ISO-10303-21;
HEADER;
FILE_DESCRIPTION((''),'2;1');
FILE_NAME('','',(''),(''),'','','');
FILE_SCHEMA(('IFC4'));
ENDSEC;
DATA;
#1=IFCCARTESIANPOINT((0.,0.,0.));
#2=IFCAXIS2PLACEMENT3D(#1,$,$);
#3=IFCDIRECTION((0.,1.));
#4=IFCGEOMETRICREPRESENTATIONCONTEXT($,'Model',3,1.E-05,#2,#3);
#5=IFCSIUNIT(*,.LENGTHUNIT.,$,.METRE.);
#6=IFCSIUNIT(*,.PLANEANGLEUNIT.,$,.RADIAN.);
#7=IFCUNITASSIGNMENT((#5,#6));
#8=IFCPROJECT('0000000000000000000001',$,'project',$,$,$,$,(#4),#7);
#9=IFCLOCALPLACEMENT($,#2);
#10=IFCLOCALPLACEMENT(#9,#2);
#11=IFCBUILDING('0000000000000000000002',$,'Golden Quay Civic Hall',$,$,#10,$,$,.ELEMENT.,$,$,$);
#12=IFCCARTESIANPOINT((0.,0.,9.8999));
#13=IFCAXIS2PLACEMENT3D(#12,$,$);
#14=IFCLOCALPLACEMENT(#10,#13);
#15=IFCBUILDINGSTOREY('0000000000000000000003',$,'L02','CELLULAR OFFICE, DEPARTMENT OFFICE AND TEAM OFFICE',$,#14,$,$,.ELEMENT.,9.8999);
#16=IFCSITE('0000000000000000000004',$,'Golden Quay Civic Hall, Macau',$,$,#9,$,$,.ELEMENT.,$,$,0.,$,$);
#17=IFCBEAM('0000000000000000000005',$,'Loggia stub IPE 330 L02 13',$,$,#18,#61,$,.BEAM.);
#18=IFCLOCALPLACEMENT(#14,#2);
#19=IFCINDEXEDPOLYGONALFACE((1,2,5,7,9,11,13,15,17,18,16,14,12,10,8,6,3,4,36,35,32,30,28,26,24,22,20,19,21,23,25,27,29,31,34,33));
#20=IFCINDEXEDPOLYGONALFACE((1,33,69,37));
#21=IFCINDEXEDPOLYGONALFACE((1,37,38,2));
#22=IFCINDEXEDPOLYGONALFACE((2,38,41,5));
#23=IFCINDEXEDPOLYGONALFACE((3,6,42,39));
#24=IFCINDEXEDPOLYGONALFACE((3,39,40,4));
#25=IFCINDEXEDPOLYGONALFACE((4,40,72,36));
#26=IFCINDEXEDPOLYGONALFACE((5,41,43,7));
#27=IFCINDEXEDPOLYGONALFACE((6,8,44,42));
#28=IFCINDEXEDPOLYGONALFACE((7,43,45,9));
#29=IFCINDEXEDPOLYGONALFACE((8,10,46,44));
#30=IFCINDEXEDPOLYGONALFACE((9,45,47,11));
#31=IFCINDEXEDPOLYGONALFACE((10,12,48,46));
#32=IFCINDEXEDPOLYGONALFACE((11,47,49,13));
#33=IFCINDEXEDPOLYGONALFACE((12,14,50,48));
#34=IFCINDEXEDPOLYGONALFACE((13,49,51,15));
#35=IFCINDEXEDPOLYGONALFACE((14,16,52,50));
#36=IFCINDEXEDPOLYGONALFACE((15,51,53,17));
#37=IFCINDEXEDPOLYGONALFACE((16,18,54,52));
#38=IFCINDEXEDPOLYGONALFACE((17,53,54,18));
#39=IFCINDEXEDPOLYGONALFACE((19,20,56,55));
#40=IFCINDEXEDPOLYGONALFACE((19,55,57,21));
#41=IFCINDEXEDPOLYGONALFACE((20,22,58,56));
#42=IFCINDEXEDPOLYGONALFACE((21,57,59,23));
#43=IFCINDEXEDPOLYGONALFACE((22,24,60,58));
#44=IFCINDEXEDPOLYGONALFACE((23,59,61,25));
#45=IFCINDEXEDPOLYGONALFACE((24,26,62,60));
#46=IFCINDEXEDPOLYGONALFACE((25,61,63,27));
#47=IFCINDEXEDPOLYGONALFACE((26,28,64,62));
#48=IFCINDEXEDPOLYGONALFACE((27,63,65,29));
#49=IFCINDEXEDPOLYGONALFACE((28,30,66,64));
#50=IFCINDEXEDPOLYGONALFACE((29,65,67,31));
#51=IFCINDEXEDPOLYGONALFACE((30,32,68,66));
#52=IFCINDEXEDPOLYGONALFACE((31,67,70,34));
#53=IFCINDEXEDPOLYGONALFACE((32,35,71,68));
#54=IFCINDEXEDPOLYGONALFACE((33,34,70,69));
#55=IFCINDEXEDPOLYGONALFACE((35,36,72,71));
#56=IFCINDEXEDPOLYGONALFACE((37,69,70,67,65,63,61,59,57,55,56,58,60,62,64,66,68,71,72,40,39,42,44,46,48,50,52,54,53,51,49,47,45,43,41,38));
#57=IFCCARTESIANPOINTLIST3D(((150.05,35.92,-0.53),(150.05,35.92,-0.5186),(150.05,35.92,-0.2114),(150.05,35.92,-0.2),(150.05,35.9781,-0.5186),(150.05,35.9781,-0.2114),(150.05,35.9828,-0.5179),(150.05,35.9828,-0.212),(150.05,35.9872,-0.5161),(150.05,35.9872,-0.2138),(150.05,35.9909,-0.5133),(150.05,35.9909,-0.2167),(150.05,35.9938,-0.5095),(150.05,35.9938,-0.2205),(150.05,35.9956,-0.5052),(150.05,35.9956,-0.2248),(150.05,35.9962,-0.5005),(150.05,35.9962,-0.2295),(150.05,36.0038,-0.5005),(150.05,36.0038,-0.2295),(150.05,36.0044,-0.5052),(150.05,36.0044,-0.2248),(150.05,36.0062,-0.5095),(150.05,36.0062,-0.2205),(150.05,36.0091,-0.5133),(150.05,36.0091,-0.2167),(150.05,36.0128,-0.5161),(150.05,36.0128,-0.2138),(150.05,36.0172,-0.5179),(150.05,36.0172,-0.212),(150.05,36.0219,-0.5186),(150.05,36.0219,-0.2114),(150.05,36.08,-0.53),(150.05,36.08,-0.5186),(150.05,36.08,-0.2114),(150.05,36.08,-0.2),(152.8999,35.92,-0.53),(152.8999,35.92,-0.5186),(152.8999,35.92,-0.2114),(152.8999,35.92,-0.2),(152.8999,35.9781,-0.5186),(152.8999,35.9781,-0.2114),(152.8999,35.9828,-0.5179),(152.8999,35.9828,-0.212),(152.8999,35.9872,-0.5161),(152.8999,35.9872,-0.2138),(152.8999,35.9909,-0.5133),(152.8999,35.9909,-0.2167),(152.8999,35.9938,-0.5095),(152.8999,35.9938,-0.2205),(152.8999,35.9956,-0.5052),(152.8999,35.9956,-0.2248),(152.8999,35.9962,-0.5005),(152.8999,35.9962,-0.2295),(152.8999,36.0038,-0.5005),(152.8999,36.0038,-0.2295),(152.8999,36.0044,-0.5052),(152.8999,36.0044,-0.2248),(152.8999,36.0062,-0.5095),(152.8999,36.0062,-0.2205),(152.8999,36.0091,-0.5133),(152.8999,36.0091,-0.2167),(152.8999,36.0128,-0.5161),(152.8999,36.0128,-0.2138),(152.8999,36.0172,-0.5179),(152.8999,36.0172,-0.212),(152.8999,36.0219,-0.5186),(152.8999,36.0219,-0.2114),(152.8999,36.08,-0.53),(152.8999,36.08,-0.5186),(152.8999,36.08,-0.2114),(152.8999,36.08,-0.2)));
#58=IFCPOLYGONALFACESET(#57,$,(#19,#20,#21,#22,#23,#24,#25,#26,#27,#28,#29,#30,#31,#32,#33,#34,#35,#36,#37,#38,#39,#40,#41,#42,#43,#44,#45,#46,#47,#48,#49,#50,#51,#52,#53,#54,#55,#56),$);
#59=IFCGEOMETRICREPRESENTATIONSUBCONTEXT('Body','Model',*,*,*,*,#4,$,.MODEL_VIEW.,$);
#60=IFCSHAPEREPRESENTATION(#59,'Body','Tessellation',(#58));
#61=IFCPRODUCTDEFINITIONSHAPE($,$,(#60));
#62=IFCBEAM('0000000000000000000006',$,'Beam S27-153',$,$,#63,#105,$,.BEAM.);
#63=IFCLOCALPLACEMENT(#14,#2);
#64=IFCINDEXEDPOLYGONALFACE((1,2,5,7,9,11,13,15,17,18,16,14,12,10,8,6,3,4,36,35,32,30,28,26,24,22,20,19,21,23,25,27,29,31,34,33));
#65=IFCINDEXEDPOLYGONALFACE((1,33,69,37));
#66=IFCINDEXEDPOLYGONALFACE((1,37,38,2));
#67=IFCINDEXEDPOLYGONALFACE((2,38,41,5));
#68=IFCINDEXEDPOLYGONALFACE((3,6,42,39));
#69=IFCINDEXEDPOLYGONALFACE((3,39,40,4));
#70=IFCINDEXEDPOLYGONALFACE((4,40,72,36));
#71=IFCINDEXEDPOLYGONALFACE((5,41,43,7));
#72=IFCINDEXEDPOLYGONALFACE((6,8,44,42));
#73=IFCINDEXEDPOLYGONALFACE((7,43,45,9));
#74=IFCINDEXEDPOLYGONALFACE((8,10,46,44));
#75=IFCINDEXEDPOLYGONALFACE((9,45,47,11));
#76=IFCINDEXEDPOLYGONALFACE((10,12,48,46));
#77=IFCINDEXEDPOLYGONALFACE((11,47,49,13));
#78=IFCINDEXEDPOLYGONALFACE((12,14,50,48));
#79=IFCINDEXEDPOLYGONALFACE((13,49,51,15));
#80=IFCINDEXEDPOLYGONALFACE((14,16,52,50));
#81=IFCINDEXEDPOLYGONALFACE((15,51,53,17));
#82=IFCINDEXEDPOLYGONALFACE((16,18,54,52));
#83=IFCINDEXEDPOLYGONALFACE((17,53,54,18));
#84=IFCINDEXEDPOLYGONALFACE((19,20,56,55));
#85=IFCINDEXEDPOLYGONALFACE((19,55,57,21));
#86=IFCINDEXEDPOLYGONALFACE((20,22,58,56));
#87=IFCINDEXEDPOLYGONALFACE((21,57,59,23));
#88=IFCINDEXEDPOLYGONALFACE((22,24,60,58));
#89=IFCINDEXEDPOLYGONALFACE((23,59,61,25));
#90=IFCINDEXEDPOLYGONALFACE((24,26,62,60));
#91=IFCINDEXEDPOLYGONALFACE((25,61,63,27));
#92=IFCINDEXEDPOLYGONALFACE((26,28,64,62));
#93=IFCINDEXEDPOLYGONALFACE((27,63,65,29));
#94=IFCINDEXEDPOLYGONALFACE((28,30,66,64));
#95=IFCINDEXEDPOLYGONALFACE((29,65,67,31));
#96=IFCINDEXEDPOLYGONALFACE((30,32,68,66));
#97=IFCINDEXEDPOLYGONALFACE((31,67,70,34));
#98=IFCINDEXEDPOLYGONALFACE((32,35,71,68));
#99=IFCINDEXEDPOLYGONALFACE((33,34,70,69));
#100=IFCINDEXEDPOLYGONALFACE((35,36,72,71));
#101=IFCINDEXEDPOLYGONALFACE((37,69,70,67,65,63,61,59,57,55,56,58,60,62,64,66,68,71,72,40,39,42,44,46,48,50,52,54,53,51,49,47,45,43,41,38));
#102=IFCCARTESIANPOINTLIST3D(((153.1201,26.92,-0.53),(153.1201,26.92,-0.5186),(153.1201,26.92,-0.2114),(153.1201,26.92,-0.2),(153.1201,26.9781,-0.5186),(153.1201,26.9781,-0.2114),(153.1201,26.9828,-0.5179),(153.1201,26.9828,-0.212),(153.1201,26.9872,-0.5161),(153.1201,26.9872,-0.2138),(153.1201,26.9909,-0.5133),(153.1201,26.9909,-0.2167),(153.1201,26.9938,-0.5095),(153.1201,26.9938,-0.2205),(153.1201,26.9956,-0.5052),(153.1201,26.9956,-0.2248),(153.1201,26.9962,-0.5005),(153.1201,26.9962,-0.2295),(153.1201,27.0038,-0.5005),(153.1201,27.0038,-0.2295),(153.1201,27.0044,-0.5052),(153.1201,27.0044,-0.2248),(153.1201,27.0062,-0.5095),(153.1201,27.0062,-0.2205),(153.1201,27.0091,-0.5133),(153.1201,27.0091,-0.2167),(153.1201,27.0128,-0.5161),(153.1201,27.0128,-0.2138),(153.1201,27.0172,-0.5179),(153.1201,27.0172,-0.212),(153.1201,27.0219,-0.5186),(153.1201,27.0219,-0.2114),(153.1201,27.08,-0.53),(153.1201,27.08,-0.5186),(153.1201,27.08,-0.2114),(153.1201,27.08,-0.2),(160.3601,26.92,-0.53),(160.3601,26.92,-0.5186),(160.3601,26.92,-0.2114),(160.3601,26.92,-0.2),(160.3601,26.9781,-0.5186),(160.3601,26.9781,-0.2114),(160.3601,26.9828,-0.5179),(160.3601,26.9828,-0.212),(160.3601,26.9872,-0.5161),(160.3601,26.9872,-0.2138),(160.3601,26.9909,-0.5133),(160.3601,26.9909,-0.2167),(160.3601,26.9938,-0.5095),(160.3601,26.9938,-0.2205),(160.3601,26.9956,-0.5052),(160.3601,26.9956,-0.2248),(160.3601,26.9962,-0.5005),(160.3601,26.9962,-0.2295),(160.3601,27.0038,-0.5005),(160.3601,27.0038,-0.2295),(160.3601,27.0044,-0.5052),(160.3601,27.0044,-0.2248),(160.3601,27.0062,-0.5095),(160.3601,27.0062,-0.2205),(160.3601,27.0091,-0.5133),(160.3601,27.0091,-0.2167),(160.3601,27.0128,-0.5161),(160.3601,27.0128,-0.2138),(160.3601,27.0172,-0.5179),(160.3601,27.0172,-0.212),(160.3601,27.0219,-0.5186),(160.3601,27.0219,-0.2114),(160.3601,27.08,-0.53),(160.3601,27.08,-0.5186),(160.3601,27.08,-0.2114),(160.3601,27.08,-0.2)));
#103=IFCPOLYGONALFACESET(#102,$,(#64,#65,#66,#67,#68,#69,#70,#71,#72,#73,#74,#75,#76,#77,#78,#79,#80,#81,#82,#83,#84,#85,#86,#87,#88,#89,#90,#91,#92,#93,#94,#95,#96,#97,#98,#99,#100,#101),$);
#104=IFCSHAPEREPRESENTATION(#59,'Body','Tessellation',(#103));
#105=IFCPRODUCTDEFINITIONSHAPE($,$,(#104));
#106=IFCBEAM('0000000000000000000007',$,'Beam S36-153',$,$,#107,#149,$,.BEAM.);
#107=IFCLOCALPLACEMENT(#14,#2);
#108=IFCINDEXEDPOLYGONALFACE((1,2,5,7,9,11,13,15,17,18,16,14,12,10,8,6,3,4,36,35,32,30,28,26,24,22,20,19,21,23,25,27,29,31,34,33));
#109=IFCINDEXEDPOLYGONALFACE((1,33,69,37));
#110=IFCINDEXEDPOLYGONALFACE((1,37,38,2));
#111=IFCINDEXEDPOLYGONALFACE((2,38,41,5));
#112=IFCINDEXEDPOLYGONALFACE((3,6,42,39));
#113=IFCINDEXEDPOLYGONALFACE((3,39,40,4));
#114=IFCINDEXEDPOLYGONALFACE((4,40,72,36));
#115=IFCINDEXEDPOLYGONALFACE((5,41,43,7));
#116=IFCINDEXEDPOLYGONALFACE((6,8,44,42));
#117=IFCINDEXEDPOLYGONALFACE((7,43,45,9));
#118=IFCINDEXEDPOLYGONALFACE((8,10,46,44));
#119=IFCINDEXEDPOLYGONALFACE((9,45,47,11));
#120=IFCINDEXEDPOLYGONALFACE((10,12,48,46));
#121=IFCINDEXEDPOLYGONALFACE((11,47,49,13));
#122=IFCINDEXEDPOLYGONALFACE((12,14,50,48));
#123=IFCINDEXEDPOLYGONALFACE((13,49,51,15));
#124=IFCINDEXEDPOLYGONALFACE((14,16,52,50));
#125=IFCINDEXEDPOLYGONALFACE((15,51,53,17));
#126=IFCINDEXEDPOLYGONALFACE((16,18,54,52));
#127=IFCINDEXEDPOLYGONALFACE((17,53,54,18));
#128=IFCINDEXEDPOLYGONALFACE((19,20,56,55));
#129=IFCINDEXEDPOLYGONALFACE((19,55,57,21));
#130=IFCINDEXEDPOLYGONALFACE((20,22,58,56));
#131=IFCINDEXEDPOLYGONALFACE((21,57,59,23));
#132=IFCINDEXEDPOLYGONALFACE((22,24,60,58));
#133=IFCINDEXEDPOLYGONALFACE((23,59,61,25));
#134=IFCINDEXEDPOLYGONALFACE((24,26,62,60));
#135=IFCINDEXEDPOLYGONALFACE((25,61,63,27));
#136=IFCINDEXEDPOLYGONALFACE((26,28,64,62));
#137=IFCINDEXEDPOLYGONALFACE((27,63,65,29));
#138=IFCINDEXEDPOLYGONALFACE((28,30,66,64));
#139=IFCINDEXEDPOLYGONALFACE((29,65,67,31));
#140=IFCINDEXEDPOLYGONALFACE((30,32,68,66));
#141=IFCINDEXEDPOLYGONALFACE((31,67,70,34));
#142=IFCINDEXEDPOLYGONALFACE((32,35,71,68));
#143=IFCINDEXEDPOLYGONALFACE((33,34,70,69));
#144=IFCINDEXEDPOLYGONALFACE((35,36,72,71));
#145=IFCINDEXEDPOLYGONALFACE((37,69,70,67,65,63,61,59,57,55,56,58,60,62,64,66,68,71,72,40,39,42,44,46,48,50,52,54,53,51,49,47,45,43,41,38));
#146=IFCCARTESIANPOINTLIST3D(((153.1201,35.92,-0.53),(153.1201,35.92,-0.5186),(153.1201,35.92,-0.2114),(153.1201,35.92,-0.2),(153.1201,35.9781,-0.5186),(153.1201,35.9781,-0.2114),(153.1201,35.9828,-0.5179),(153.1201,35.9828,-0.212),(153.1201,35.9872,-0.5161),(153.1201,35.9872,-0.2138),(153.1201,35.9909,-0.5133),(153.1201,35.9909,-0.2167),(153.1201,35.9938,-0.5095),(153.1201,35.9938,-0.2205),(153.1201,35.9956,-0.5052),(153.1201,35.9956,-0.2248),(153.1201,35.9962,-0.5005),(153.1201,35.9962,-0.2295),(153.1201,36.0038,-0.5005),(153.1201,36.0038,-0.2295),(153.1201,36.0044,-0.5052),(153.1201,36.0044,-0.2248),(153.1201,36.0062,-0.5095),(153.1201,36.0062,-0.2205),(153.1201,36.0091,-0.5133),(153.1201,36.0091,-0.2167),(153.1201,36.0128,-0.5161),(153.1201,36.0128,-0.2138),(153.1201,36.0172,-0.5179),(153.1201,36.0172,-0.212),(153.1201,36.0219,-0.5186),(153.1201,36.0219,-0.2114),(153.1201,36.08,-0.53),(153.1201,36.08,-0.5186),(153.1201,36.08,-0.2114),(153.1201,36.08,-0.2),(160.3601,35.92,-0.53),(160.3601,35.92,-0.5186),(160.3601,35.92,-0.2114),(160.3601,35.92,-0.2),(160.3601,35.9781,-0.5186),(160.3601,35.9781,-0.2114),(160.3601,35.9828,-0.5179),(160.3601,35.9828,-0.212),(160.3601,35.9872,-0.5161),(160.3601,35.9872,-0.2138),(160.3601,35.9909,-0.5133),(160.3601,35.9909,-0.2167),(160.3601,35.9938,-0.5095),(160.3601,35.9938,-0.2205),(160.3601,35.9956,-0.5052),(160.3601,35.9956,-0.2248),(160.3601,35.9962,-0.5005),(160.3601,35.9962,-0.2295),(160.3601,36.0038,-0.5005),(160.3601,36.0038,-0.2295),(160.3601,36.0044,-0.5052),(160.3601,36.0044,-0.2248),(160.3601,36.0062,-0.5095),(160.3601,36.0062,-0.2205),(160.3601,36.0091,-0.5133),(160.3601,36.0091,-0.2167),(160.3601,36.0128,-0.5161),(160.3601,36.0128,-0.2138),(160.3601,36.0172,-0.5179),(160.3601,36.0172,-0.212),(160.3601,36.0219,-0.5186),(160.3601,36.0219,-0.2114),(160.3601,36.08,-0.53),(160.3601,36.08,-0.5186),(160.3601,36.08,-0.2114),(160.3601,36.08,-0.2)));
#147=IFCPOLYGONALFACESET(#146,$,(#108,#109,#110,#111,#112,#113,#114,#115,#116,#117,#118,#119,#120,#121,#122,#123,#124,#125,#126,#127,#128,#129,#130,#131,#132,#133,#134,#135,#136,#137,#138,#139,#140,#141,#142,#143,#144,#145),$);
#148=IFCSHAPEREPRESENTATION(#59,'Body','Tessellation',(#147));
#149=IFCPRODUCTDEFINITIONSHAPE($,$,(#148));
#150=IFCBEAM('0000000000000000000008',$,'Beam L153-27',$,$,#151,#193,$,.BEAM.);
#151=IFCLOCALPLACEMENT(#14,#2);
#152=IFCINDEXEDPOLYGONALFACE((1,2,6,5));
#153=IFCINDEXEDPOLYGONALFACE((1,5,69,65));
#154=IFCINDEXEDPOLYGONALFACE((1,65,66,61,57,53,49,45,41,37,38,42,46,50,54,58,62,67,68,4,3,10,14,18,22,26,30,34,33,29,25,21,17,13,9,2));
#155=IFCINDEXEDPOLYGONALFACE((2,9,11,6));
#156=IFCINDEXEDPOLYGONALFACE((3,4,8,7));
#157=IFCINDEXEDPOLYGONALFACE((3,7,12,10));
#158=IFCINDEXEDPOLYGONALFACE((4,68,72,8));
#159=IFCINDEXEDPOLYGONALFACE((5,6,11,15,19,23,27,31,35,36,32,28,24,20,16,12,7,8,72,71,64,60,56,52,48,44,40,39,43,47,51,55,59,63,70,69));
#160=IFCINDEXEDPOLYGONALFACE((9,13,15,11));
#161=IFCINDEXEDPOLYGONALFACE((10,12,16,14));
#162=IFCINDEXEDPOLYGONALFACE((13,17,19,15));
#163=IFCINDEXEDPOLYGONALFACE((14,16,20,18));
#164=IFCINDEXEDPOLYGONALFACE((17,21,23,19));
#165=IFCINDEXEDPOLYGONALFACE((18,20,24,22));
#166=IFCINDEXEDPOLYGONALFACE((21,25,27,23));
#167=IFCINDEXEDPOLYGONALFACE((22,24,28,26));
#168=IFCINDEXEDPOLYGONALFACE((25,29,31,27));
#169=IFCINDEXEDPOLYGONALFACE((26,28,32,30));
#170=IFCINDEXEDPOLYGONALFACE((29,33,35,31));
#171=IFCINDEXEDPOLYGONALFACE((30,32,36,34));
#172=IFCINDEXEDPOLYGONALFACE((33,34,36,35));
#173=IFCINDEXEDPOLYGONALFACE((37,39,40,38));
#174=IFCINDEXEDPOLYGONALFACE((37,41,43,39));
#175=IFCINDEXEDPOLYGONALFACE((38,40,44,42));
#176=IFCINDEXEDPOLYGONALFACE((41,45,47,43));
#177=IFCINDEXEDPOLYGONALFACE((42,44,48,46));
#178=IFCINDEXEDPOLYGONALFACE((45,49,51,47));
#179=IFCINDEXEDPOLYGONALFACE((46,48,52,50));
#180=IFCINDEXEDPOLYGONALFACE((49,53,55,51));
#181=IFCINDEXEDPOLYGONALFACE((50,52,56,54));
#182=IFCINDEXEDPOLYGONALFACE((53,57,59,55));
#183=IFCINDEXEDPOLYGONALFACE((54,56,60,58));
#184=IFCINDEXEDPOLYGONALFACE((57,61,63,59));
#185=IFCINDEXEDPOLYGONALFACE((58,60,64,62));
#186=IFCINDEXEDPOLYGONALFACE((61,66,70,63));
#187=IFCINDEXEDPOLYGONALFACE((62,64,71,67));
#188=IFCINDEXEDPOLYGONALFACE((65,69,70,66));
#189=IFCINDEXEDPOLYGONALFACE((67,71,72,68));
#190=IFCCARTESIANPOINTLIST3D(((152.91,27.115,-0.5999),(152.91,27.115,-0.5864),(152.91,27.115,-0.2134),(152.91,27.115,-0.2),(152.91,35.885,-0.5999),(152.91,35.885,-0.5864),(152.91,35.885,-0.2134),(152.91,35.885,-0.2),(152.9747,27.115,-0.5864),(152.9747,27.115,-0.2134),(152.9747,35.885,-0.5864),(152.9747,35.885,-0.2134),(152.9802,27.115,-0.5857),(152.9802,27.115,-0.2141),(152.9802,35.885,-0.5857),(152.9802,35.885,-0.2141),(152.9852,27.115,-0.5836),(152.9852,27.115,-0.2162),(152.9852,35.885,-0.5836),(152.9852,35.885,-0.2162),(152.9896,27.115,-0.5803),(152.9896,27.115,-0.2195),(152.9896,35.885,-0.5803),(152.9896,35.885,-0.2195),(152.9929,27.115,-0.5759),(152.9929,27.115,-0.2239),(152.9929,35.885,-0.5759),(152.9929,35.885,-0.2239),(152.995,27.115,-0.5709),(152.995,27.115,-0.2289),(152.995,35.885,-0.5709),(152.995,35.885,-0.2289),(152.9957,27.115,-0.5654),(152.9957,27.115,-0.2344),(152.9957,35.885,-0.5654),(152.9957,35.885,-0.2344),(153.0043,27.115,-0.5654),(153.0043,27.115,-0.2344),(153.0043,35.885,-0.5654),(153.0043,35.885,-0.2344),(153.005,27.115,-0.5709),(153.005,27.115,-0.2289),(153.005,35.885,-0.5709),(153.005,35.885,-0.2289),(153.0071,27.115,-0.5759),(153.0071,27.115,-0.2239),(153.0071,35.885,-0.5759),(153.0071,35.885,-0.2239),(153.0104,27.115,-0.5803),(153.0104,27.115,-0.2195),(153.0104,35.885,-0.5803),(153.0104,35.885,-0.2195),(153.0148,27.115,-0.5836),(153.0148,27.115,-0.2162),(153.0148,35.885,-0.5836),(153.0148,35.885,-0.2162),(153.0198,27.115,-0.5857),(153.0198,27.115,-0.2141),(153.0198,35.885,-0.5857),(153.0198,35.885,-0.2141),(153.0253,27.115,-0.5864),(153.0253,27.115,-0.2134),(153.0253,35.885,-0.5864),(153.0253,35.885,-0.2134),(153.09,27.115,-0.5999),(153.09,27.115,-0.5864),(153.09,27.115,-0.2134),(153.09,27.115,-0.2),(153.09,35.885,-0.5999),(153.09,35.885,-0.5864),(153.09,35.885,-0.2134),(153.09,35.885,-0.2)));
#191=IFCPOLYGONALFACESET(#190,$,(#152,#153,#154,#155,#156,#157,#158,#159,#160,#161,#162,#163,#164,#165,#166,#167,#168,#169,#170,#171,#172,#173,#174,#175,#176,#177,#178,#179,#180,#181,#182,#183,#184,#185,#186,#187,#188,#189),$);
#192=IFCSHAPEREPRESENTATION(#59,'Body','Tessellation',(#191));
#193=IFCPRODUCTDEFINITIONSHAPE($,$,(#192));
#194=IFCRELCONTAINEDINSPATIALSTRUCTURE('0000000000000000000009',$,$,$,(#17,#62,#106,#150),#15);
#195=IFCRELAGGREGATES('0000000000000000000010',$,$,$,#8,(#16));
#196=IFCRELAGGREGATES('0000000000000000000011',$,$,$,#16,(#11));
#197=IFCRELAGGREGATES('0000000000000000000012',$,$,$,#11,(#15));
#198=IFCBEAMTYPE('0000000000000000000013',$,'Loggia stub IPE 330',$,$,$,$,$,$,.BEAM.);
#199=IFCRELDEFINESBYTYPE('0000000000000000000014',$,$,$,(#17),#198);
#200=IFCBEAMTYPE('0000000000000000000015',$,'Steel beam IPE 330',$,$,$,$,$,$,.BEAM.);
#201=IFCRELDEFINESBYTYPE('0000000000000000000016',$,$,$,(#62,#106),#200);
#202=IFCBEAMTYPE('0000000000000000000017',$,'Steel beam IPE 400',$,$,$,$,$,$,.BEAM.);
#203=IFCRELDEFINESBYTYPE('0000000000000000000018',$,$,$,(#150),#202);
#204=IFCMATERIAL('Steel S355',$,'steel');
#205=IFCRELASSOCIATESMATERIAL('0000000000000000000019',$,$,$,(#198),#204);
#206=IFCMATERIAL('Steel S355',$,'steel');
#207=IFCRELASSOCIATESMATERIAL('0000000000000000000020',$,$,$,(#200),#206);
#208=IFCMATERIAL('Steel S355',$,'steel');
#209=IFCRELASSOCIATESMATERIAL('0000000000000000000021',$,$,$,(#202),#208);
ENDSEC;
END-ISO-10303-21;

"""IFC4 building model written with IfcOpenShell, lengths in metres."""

from ifc_helpers import new_model, si_unit, direction, frame, origin, origin_2d, place, context, subcontext, project, spatial, i_section, extrude, material, material_profile, profile_set, type_object, element, save


model = new_model("IFC4")

# Units and contexts
model_context = context("Model", 3, precision=1e-05, world=origin(), true_north=direction((0.0, 1.0)))
body_context = subcontext(model_context, "Body", "Model", "MODEL_VIEW")
ifc_project = project(units=[si_unit("LENGTHUNIT", "METRE"), si_unit("PLANEANGLEUNIT", "RADIAN")], contexts=[model_context])

# Site, building, storey
site_placement = place(None, origin())
site = spatial("IfcSite", under=ifc_project, at=site_placement, Name="Golden Quay Civic Hall, Macau", CompositionType="ELEMENT", RefElevation=0.0)
building_placement = place(site_placement, origin())
building = spatial("IfcBuilding", under=site, at=building_placement, Name="Golden Quay Civic Hall", CompositionType="ELEMENT")
storey_placement = place(building_placement, frame((0.0, 0.0, 9.8999)))
storey = spatial("IfcBuildingStorey", under=building, at=storey_placement, Name="L02", Description="CELLULAR OFFICE, DEPARTMENT OFFICE AND TEAM OFFICE", CompositionType="ELEMENT", Elevation=9.8999)

# Beams
ifc_material_1 = material(Name="Steel S355", Category="steel")
ifc_material_profile_1 = material_profile(ifc_material_1, i_section(OverallWidth=0.1599, OverallDepth=0.3301, WebThickness=0.0076, FlangeThickness=0.0115, FilletRadius=0.0181, at=origin_2d()), Name="IPE 330")
ifc_profile_set_1 = profile_set([ifc_material_profile_1], Name="Steel S355")
beam_type_1 = type_object("IfcBeamType", Name="Loggia stub IPE 330", PredefinedType="BEAM", material=ifc_profile_set_1)
beam_1_placement = place(storey_placement, frame((152.8999, 36.0, -0.365), z_axis=(-1.0, 0.0, 0.0), x_axis=(0.0, -1.0, 0.0)))
element("IfcBeam", 1, at=beam_1_placement, inside=storey, type_object=beam_type_1, Name="Loggia stub IPE 330 L02 13", PredefinedType="BEAM", context=body_context, shape_type="SweptSolid", body=[
    extrude(i_section(OverallWidth=0.1599, OverallDepth=0.3301, WebThickness=0.0076, FlangeThickness=0.0115, FilletRadius=0.0181, at=origin_2d()), origin(), (0.0, 0.0, 1.0), 2.8499),
])
ifc_material_2 = material(Name="Steel S355", Category="steel")
ifc_material_profile_2 = material_profile(ifc_material_2, i_section(OverallWidth=0.1599, OverallDepth=0.3301, WebThickness=0.0076, FlangeThickness=0.0115, FilletRadius=0.0181, at=origin_2d()), Name="IPE 330")
ifc_profile_set_2 = profile_set([ifc_material_profile_2], Name="Steel S355")
beam_type_2 = type_object("IfcBeamType", Name="Steel beam IPE 330", PredefinedType="BEAM", material=ifc_profile_set_2)
for number, where, z_axis, x_axis, name in (
    (2, (153.1201, 27.0, -0.365), (1.0, 0.0, 0.0), (0.0, 1.0, 0.0), "Beam S27-153"),
    (3, (153.1201, 36.0, -0.365), (1.0, 0.0, 0.0), (0.0, 1.0, 0.0), "Beam S36-153"),
):
    element("IfcBeam", number, at=place(storey_placement, frame(where, z_axis=z_axis, x_axis=x_axis)), inside=storey, type_object=beam_type_2, Name=name, PredefinedType="BEAM", context=body_context, shape_type="SweptSolid", body=[
        extrude(i_section(OverallWidth=0.1599, OverallDepth=0.3301, WebThickness=0.0076, FlangeThickness=0.0115, FilletRadius=0.0181, at=origin_2d()), origin(), (0.0, 0.0, 1.0), 7.24),
    ])
ifc_material_3 = material(Name="Steel S355", Category="steel")
ifc_material_profile_3 = material_profile(ifc_material_3, i_section(OverallWidth=0.1799, OverallDepth=0.3999, WebThickness=0.0085, FlangeThickness=0.0134, FilletRadius=0.021, at=origin_2d()), Name="IPE 400")
ifc_profile_set_3 = profile_set([ifc_material_profile_3], Name="Steel S355")
beam_type_3 = type_object("IfcBeamType", Name="Steel beam IPE 400", PredefinedType="BEAM", material=ifc_profile_set_3)
for number, where, z_axis, x_axis, name in (
    (4, (153.0, 27.115, -0.3999), (0.0, 1.0, 0.0), (-1.0, 0.0, 0.0), "Beam L153-27"),
):
    element("IfcBeam", number, at=place(storey_placement, frame(where, z_axis=z_axis, x_axis=x_axis)), inside=storey, type_object=beam_type_3, Name=name, PredefinedType="BEAM", context=body_context, shape_type="SweptSolid", body=[
        extrude(i_section(OverallWidth=0.1799, OverallDepth=0.3999, WebThickness=0.0085, FlangeThickness=0.0134, FilletRadius=0.021, at=origin_2d()), origin(), (0.0, 0.0, 1.0), 8.77),
    ])

save(model, "model.ifc")
